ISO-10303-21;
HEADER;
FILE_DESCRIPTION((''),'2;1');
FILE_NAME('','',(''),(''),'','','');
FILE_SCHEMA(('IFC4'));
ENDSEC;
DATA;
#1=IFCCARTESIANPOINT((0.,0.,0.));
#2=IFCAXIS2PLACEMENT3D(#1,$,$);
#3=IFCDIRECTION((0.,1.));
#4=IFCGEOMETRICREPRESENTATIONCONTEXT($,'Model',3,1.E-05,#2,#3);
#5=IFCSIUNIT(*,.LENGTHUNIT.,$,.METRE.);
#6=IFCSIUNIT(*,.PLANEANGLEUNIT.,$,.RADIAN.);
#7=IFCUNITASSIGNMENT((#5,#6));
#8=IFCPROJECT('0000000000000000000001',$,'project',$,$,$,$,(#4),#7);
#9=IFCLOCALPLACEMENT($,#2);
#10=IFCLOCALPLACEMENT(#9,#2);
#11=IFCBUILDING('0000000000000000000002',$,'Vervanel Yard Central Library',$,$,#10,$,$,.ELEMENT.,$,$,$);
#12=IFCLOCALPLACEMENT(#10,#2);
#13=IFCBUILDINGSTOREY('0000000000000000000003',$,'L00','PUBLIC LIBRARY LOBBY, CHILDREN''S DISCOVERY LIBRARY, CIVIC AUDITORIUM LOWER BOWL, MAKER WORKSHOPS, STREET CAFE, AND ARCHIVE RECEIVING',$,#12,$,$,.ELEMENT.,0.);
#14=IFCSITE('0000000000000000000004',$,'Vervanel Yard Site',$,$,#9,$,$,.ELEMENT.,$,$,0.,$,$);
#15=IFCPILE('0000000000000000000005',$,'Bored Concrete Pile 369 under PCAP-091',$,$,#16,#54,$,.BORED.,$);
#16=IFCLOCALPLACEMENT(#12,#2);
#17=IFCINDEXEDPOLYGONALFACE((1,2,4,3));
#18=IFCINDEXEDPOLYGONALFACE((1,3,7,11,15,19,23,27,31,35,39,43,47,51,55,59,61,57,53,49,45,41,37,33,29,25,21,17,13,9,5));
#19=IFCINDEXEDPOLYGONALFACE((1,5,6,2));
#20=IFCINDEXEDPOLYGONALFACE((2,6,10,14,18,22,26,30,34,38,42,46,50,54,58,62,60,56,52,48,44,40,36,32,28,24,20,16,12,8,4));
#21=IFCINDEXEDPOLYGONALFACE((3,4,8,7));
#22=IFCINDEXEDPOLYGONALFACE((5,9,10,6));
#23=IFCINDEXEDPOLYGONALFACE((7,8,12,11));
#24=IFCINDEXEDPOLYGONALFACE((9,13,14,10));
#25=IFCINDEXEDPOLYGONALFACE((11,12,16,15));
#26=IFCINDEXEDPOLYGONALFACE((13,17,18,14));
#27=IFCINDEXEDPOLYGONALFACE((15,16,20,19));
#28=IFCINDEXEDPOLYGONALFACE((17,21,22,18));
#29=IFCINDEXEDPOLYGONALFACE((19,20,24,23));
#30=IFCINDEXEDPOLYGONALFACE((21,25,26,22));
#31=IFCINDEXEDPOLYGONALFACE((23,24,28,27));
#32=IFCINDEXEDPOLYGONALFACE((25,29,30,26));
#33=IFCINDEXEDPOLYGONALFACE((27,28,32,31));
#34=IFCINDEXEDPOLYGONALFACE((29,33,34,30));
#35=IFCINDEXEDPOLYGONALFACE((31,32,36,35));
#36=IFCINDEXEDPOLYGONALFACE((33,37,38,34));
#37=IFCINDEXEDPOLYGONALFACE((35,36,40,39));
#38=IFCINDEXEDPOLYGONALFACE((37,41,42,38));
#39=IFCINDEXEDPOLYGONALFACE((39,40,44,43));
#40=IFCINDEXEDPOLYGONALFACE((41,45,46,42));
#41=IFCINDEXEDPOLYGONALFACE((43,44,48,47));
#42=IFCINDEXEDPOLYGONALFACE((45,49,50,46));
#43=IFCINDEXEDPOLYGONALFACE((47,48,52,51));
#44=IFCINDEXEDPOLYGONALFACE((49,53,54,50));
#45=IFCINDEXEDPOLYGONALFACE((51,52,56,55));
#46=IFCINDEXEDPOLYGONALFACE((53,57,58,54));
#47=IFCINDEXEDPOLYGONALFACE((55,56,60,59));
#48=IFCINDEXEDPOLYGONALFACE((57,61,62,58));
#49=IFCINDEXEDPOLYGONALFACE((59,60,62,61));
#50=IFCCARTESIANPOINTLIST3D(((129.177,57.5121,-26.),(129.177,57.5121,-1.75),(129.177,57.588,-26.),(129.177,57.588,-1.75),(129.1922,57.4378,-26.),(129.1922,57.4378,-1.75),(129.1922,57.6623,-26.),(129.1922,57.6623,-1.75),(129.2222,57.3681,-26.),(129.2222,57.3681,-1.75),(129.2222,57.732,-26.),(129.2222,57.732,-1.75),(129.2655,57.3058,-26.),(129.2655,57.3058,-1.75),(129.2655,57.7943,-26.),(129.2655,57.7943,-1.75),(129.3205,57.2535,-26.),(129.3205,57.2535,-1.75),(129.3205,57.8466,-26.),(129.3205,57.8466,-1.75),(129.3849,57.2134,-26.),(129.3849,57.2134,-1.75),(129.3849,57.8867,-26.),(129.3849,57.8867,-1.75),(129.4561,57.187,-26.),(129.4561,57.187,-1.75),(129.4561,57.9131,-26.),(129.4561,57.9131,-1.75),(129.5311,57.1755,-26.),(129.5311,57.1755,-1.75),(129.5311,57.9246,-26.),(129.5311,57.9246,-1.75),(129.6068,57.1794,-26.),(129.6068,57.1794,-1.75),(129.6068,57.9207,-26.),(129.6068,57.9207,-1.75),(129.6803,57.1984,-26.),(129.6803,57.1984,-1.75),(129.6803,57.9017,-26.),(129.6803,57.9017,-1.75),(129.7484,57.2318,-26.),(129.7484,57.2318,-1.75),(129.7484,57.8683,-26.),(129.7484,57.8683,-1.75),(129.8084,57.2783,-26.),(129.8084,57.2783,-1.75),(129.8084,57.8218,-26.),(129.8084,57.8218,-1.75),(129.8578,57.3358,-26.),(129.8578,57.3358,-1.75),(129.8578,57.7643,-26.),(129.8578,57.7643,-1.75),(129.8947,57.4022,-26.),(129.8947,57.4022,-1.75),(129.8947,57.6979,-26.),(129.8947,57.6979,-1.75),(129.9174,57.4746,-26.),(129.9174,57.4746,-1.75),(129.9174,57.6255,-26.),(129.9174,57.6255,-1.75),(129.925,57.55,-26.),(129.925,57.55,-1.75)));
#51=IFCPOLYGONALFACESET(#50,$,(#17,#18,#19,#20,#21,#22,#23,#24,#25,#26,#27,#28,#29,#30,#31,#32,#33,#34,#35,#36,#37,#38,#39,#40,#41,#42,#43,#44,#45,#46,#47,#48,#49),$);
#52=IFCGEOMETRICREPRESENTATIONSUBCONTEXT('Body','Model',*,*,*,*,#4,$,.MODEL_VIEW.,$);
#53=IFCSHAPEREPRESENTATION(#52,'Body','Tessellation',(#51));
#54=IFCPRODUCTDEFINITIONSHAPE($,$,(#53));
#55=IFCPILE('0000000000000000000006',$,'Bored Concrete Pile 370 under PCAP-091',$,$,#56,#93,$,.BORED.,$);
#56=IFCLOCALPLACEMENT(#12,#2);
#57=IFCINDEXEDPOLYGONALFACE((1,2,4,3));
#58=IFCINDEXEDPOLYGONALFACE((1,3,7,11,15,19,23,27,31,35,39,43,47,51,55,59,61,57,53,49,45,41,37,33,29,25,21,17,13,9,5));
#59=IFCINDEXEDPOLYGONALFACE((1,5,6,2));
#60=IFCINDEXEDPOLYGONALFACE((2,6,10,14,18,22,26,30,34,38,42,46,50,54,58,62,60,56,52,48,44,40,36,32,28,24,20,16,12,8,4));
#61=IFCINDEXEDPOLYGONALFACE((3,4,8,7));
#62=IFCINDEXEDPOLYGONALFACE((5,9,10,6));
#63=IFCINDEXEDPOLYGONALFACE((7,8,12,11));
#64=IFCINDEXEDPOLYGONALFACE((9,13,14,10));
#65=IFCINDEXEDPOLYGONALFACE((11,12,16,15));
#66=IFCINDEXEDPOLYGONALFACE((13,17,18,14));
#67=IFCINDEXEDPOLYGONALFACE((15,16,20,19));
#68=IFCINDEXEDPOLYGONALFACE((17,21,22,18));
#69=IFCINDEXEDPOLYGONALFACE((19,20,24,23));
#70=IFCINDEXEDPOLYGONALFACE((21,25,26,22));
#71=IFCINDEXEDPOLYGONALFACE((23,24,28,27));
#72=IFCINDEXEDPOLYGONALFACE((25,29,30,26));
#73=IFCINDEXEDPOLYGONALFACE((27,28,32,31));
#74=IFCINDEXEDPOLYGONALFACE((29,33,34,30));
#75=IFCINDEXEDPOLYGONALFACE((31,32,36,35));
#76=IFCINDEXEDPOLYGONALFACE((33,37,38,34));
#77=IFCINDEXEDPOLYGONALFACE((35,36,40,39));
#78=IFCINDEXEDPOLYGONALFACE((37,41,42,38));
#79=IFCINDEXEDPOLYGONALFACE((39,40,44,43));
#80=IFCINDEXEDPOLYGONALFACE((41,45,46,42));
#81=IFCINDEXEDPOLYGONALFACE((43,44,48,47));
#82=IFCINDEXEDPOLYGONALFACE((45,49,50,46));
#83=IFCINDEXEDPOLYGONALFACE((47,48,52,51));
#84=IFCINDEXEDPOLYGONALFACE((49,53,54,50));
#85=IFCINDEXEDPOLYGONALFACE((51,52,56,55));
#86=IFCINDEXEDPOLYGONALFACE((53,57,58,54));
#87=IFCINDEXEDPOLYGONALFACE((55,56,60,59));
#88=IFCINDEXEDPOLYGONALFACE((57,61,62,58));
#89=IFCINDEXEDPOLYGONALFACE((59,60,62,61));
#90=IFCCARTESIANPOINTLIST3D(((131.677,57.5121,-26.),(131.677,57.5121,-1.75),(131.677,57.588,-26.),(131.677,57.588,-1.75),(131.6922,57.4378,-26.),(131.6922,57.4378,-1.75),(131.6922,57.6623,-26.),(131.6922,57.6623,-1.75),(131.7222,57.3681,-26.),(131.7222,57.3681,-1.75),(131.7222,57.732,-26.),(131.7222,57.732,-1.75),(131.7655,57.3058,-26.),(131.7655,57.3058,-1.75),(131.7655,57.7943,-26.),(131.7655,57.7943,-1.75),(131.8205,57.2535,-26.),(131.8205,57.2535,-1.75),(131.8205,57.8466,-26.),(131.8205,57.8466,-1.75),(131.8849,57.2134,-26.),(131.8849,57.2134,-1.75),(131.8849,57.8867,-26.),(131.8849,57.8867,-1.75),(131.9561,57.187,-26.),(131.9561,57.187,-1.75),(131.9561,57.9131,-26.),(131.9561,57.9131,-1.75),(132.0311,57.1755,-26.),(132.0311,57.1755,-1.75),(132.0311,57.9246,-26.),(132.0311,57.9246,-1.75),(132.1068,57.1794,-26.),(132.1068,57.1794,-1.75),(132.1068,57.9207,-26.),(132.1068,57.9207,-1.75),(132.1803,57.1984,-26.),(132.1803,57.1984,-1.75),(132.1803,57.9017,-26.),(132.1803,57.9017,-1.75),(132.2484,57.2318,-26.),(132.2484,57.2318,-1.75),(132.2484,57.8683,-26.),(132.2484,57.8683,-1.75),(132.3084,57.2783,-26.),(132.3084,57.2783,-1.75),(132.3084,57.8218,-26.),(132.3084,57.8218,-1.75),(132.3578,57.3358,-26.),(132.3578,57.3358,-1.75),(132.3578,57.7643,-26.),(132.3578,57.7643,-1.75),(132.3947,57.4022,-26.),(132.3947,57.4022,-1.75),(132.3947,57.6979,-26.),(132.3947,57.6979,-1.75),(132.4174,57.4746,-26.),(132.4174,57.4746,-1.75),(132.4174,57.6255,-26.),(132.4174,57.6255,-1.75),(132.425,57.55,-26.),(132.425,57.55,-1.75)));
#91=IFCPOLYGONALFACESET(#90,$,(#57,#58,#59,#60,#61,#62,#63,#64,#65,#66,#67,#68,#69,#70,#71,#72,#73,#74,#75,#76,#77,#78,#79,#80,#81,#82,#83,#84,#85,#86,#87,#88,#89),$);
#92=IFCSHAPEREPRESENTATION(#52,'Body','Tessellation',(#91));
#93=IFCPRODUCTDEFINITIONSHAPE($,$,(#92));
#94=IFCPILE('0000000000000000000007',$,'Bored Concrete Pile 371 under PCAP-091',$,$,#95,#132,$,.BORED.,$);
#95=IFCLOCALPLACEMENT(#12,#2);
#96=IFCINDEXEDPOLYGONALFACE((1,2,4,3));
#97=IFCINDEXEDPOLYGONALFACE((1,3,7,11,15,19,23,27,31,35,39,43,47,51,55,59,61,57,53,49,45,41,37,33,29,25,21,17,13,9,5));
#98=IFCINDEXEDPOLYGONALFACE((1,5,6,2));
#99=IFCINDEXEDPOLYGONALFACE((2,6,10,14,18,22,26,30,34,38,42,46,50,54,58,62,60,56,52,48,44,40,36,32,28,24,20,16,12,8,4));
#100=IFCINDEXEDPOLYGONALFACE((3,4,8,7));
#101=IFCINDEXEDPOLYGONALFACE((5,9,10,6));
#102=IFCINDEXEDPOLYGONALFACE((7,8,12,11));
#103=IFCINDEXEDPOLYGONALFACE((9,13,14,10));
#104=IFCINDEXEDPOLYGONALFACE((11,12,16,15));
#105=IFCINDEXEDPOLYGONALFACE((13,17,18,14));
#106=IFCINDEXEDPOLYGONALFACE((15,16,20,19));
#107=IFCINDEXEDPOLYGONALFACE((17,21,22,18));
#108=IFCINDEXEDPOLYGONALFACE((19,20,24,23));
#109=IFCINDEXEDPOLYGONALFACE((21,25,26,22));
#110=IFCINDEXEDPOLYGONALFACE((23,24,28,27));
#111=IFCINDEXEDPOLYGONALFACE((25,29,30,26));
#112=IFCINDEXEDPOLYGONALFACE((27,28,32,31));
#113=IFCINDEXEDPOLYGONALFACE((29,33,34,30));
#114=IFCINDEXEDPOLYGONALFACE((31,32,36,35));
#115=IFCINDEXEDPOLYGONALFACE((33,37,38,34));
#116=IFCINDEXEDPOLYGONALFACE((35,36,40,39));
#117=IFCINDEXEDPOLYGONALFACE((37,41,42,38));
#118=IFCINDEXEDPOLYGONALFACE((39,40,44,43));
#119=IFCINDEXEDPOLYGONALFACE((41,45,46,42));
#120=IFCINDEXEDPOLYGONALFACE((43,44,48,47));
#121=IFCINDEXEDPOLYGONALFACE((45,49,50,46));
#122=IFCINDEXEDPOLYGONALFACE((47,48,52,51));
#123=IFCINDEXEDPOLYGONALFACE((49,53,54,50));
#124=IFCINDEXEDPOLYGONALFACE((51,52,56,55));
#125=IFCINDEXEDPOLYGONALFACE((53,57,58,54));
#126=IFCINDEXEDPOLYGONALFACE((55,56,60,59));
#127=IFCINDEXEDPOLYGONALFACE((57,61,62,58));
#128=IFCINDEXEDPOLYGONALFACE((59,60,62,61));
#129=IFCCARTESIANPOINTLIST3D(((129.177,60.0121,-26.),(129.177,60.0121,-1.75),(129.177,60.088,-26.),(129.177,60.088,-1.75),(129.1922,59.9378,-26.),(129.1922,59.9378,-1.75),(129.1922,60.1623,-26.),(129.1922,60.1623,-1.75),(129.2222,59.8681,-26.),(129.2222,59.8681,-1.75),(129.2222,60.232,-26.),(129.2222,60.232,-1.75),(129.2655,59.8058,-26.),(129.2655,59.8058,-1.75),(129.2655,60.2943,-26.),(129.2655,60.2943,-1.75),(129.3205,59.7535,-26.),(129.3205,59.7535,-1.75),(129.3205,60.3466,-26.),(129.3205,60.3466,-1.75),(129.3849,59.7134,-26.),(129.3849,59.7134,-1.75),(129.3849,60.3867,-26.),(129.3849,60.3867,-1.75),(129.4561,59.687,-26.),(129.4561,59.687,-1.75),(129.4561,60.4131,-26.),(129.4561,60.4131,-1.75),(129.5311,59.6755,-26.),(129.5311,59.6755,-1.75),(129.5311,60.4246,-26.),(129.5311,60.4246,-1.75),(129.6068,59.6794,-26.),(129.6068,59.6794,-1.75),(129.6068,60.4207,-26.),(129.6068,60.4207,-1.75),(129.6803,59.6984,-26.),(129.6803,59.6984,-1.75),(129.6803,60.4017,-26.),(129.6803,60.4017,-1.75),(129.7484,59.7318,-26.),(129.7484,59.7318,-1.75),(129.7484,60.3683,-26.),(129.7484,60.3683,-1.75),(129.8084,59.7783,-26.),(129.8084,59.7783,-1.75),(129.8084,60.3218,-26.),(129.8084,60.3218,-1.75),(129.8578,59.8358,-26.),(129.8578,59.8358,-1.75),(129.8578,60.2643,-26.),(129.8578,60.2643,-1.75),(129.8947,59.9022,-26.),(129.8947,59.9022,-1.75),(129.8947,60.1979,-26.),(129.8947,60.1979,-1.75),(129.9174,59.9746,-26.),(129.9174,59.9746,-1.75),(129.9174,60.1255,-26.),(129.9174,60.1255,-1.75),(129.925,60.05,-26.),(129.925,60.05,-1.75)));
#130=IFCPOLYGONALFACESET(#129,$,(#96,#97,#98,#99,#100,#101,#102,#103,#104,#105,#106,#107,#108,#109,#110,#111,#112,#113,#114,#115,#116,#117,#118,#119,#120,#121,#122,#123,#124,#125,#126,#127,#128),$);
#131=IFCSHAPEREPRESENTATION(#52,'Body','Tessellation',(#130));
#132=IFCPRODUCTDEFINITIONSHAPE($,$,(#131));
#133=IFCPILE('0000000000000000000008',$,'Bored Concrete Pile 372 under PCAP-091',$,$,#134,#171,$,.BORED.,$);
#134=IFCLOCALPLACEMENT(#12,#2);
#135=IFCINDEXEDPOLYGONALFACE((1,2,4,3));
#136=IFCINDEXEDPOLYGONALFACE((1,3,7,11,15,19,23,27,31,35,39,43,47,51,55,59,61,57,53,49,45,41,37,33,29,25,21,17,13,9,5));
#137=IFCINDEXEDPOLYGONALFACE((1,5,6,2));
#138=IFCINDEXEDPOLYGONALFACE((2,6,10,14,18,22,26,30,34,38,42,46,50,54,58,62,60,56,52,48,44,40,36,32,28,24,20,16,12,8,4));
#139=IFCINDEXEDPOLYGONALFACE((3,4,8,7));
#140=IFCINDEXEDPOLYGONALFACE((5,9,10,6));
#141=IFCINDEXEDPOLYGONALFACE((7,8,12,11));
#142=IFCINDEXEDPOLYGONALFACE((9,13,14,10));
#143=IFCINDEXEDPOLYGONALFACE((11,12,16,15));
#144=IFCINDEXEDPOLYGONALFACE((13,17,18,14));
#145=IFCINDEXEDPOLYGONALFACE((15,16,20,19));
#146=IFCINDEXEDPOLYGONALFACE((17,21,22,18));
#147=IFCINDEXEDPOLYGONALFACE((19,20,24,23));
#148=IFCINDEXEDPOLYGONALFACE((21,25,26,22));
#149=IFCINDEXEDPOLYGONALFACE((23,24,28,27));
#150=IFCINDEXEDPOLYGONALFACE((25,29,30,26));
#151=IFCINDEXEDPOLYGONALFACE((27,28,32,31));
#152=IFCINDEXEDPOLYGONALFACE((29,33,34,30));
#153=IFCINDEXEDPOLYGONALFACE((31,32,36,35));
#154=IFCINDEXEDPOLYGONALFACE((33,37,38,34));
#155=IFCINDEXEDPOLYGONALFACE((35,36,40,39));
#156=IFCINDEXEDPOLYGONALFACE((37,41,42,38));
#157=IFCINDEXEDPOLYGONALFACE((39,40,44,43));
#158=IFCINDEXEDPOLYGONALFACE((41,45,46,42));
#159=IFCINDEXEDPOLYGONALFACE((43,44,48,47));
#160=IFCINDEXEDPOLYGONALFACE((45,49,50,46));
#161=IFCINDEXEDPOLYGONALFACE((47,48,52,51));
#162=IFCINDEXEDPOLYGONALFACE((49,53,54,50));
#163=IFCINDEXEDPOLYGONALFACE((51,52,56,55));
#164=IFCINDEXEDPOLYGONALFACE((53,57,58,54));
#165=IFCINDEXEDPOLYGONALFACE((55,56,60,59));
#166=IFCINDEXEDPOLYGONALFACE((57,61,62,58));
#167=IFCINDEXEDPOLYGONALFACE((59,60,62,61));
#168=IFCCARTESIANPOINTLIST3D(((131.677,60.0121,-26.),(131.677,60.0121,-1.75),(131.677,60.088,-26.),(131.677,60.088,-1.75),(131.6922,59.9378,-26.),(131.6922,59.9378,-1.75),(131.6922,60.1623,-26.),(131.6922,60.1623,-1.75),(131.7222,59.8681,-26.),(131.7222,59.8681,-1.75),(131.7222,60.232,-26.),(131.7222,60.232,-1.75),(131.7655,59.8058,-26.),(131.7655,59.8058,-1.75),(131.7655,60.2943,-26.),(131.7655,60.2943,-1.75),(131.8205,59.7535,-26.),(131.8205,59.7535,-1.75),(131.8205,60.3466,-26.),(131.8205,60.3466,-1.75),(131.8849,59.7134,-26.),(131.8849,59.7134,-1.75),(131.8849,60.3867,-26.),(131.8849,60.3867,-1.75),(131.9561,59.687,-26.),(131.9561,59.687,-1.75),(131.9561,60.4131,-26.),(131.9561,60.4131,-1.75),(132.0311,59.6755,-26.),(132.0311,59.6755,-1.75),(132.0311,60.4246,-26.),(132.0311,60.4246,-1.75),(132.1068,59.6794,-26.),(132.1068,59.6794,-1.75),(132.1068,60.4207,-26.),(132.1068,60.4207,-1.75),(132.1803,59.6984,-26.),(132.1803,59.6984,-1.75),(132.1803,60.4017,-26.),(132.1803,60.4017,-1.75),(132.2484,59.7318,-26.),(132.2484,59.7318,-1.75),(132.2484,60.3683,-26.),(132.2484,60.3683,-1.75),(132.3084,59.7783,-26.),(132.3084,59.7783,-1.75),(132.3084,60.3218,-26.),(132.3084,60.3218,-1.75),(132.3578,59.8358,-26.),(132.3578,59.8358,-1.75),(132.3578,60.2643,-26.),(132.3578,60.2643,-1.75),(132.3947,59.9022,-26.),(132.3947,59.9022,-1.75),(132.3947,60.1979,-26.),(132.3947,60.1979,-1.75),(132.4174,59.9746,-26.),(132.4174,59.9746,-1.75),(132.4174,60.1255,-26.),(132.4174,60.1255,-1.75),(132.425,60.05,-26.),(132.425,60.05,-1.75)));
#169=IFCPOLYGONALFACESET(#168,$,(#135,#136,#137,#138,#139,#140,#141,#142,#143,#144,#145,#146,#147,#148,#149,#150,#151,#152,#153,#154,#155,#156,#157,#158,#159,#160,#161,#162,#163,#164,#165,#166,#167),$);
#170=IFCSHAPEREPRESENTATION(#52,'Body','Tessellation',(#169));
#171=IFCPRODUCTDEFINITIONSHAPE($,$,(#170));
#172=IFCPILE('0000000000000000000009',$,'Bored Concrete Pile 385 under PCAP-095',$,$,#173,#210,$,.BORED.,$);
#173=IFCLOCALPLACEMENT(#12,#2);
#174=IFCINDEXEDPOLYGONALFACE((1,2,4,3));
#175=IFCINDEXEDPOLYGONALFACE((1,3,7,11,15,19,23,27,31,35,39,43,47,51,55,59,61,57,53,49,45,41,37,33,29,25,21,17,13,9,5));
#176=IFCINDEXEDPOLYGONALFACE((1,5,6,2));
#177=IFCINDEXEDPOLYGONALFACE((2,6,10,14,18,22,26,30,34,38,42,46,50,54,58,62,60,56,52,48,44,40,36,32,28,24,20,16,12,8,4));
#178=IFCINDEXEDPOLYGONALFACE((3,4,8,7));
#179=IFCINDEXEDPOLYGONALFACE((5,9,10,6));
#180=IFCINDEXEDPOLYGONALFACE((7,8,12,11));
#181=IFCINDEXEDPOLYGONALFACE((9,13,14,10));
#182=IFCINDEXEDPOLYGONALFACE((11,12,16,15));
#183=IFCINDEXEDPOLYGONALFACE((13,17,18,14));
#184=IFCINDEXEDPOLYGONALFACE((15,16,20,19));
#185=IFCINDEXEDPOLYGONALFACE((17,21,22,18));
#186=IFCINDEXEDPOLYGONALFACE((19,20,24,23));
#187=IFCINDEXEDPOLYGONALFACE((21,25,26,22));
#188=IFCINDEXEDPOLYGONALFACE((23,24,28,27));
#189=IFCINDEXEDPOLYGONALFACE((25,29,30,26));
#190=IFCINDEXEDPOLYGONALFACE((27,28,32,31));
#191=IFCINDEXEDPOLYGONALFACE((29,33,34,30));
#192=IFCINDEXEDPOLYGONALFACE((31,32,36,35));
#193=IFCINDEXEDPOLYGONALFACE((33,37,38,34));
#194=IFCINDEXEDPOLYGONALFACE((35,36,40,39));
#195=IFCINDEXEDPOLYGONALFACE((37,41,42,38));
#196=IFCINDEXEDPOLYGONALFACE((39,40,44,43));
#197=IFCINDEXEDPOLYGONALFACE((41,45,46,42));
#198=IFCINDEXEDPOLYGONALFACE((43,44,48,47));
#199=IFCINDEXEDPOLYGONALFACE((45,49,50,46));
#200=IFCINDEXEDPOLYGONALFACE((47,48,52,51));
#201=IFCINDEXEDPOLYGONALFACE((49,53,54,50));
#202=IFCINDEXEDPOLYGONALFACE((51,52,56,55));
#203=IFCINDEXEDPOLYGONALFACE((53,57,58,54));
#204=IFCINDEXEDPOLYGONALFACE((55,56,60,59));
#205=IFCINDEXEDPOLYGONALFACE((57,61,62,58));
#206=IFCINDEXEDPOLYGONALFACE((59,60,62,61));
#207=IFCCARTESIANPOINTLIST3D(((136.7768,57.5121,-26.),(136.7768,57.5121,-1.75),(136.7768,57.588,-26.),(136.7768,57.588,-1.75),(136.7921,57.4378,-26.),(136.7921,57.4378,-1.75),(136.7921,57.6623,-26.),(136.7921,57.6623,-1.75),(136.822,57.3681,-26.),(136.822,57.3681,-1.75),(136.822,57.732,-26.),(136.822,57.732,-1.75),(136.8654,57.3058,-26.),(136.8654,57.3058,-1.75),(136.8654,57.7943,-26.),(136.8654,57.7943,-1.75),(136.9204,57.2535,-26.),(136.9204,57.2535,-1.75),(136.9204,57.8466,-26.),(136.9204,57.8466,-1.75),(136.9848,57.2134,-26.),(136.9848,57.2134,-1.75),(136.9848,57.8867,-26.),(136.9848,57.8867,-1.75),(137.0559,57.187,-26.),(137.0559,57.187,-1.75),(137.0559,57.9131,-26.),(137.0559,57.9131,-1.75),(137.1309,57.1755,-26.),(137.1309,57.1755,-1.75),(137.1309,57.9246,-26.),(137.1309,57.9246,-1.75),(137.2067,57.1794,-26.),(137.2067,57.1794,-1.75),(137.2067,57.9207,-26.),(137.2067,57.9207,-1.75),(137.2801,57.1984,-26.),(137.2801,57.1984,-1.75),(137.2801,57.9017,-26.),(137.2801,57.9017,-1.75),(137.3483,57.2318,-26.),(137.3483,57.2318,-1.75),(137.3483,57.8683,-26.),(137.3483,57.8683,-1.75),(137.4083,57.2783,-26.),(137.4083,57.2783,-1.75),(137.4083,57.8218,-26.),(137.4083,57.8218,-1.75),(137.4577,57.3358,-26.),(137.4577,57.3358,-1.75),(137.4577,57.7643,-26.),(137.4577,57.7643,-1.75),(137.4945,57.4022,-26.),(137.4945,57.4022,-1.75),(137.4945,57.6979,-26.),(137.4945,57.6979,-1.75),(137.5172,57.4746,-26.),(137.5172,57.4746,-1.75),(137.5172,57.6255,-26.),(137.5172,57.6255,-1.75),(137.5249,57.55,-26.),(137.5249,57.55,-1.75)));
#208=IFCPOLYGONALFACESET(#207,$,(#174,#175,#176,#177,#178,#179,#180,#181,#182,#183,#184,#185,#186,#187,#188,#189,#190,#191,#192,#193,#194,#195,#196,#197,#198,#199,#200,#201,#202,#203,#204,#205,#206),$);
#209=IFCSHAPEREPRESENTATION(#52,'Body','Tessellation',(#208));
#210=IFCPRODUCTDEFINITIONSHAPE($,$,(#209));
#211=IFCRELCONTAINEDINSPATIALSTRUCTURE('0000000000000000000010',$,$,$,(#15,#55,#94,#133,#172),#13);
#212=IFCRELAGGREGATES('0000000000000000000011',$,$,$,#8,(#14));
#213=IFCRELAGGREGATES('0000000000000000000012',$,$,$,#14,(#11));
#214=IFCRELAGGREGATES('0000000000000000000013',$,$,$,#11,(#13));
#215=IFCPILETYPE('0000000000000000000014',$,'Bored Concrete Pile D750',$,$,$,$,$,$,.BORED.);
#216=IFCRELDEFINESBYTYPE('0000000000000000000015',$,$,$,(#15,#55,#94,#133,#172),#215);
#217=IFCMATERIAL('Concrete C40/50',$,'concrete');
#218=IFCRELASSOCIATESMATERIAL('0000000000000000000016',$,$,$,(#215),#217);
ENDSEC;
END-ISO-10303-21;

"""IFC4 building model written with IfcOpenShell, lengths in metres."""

from ifc_helpers import new_model, si_unit, direction, frame, origin, origin_2d, place, context, subcontext, project, spatial, circle, extrude, material, material_profile, profile_set, type_object, element, save


model = new_model("IFC4")

# Units and contexts
model_context = context("Model", 3, precision=1e-05, world=origin(), true_north=direction((0.0, 1.0)))
body_context = subcontext(model_context, "Body", "Model", "MODEL_VIEW")
ifc_project = project(units=[si_unit("LENGTHUNIT", "METRE"), si_unit("PLANEANGLEUNIT", "RADIAN")], contexts=[model_context])

# Site, building, storey
site_placement = place(None, origin())
site = spatial("IfcSite", under=ifc_project, at=site_placement, Name="Vervanel Yard Site", CompositionType="ELEMENT", RefElevation=0.0)
building_placement = place(site_placement, origin())
building = spatial("IfcBuilding", under=site, at=building_placement, Name="Vervanel Yard Central Library", CompositionType="ELEMENT")
storey_placement = place(building_placement, origin())
storey = spatial("IfcBuildingStorey", under=building, at=storey_placement, Name="L00", Description="PUBLIC LIBRARY LOBBY, CHILDREN'S DISCOVERY LIBRARY, CIVIC AUDITORIUM LOWER BOWL, MAKER WORKSHOPS, STREET CAFE, AND ARCHIVE RECEIVING", CompositionType="ELEMENT", Elevation=0.0)

# Piles
ifc_material_1 = material(Name="Concrete C40/50", Category="concrete")
ifc_material_profile_1 = material_profile(ifc_material_1, circle(Radius=0.375, at=origin_2d()), Name="BP D750", Category="concrete")
ifc_profile_set_1 = profile_set([ifc_material_profile_1], Name="Concrete C40/50")
pile_type_1 = type_object("IfcPileType", Name="Bored Concrete Pile D750", PredefinedType="BORED", material=ifc_profile_set_1)
for number, where, z_axis, x_axis, name in (
    (1, (129.55, 57.55, -1.75), (0.0, 0.0, -1.0), (1.0, 0.0, 0.0), "Bored Concrete Pile 369 under PCAP-091"),
    (2, (132.05, 57.55, -1.75), (0.0, 0.0, -1.0), (1.0, 0.0, 0.0), "Bored Concrete Pile 370 under PCAP-091"),
    (3, (129.55, 60.05, -1.75), (0.0, 0.0, -1.0), (1.0, 0.0, 0.0), "Bored Concrete Pile 371 under PCAP-091"),
    (4, (132.05, 60.05, -1.75), (0.0, 0.0, -1.0), (1.0, 0.0, 0.0), "Bored Concrete Pile 372 under PCAP-091"),
    (5, (137.1499, 57.55, -1.75), (0.0, 0.0, -1.0), (1.0, 0.0, 0.0), "Bored Concrete Pile 385 under PCAP-095"),
):
    element("IfcPile", number, at=place(storey_placement, frame(where, z_axis=z_axis, x_axis=x_axis)), inside=storey, type_object=pile_type_1, Name=name, PredefinedType="BORED", context=body_context, shape_type="SweptSolid", body=[
        extrude(circle(Radius=0.375, at=origin_2d()), origin(), (0.0, 0.0, 1.0), 24.25),
    ])

save(model, "model.ifc")
